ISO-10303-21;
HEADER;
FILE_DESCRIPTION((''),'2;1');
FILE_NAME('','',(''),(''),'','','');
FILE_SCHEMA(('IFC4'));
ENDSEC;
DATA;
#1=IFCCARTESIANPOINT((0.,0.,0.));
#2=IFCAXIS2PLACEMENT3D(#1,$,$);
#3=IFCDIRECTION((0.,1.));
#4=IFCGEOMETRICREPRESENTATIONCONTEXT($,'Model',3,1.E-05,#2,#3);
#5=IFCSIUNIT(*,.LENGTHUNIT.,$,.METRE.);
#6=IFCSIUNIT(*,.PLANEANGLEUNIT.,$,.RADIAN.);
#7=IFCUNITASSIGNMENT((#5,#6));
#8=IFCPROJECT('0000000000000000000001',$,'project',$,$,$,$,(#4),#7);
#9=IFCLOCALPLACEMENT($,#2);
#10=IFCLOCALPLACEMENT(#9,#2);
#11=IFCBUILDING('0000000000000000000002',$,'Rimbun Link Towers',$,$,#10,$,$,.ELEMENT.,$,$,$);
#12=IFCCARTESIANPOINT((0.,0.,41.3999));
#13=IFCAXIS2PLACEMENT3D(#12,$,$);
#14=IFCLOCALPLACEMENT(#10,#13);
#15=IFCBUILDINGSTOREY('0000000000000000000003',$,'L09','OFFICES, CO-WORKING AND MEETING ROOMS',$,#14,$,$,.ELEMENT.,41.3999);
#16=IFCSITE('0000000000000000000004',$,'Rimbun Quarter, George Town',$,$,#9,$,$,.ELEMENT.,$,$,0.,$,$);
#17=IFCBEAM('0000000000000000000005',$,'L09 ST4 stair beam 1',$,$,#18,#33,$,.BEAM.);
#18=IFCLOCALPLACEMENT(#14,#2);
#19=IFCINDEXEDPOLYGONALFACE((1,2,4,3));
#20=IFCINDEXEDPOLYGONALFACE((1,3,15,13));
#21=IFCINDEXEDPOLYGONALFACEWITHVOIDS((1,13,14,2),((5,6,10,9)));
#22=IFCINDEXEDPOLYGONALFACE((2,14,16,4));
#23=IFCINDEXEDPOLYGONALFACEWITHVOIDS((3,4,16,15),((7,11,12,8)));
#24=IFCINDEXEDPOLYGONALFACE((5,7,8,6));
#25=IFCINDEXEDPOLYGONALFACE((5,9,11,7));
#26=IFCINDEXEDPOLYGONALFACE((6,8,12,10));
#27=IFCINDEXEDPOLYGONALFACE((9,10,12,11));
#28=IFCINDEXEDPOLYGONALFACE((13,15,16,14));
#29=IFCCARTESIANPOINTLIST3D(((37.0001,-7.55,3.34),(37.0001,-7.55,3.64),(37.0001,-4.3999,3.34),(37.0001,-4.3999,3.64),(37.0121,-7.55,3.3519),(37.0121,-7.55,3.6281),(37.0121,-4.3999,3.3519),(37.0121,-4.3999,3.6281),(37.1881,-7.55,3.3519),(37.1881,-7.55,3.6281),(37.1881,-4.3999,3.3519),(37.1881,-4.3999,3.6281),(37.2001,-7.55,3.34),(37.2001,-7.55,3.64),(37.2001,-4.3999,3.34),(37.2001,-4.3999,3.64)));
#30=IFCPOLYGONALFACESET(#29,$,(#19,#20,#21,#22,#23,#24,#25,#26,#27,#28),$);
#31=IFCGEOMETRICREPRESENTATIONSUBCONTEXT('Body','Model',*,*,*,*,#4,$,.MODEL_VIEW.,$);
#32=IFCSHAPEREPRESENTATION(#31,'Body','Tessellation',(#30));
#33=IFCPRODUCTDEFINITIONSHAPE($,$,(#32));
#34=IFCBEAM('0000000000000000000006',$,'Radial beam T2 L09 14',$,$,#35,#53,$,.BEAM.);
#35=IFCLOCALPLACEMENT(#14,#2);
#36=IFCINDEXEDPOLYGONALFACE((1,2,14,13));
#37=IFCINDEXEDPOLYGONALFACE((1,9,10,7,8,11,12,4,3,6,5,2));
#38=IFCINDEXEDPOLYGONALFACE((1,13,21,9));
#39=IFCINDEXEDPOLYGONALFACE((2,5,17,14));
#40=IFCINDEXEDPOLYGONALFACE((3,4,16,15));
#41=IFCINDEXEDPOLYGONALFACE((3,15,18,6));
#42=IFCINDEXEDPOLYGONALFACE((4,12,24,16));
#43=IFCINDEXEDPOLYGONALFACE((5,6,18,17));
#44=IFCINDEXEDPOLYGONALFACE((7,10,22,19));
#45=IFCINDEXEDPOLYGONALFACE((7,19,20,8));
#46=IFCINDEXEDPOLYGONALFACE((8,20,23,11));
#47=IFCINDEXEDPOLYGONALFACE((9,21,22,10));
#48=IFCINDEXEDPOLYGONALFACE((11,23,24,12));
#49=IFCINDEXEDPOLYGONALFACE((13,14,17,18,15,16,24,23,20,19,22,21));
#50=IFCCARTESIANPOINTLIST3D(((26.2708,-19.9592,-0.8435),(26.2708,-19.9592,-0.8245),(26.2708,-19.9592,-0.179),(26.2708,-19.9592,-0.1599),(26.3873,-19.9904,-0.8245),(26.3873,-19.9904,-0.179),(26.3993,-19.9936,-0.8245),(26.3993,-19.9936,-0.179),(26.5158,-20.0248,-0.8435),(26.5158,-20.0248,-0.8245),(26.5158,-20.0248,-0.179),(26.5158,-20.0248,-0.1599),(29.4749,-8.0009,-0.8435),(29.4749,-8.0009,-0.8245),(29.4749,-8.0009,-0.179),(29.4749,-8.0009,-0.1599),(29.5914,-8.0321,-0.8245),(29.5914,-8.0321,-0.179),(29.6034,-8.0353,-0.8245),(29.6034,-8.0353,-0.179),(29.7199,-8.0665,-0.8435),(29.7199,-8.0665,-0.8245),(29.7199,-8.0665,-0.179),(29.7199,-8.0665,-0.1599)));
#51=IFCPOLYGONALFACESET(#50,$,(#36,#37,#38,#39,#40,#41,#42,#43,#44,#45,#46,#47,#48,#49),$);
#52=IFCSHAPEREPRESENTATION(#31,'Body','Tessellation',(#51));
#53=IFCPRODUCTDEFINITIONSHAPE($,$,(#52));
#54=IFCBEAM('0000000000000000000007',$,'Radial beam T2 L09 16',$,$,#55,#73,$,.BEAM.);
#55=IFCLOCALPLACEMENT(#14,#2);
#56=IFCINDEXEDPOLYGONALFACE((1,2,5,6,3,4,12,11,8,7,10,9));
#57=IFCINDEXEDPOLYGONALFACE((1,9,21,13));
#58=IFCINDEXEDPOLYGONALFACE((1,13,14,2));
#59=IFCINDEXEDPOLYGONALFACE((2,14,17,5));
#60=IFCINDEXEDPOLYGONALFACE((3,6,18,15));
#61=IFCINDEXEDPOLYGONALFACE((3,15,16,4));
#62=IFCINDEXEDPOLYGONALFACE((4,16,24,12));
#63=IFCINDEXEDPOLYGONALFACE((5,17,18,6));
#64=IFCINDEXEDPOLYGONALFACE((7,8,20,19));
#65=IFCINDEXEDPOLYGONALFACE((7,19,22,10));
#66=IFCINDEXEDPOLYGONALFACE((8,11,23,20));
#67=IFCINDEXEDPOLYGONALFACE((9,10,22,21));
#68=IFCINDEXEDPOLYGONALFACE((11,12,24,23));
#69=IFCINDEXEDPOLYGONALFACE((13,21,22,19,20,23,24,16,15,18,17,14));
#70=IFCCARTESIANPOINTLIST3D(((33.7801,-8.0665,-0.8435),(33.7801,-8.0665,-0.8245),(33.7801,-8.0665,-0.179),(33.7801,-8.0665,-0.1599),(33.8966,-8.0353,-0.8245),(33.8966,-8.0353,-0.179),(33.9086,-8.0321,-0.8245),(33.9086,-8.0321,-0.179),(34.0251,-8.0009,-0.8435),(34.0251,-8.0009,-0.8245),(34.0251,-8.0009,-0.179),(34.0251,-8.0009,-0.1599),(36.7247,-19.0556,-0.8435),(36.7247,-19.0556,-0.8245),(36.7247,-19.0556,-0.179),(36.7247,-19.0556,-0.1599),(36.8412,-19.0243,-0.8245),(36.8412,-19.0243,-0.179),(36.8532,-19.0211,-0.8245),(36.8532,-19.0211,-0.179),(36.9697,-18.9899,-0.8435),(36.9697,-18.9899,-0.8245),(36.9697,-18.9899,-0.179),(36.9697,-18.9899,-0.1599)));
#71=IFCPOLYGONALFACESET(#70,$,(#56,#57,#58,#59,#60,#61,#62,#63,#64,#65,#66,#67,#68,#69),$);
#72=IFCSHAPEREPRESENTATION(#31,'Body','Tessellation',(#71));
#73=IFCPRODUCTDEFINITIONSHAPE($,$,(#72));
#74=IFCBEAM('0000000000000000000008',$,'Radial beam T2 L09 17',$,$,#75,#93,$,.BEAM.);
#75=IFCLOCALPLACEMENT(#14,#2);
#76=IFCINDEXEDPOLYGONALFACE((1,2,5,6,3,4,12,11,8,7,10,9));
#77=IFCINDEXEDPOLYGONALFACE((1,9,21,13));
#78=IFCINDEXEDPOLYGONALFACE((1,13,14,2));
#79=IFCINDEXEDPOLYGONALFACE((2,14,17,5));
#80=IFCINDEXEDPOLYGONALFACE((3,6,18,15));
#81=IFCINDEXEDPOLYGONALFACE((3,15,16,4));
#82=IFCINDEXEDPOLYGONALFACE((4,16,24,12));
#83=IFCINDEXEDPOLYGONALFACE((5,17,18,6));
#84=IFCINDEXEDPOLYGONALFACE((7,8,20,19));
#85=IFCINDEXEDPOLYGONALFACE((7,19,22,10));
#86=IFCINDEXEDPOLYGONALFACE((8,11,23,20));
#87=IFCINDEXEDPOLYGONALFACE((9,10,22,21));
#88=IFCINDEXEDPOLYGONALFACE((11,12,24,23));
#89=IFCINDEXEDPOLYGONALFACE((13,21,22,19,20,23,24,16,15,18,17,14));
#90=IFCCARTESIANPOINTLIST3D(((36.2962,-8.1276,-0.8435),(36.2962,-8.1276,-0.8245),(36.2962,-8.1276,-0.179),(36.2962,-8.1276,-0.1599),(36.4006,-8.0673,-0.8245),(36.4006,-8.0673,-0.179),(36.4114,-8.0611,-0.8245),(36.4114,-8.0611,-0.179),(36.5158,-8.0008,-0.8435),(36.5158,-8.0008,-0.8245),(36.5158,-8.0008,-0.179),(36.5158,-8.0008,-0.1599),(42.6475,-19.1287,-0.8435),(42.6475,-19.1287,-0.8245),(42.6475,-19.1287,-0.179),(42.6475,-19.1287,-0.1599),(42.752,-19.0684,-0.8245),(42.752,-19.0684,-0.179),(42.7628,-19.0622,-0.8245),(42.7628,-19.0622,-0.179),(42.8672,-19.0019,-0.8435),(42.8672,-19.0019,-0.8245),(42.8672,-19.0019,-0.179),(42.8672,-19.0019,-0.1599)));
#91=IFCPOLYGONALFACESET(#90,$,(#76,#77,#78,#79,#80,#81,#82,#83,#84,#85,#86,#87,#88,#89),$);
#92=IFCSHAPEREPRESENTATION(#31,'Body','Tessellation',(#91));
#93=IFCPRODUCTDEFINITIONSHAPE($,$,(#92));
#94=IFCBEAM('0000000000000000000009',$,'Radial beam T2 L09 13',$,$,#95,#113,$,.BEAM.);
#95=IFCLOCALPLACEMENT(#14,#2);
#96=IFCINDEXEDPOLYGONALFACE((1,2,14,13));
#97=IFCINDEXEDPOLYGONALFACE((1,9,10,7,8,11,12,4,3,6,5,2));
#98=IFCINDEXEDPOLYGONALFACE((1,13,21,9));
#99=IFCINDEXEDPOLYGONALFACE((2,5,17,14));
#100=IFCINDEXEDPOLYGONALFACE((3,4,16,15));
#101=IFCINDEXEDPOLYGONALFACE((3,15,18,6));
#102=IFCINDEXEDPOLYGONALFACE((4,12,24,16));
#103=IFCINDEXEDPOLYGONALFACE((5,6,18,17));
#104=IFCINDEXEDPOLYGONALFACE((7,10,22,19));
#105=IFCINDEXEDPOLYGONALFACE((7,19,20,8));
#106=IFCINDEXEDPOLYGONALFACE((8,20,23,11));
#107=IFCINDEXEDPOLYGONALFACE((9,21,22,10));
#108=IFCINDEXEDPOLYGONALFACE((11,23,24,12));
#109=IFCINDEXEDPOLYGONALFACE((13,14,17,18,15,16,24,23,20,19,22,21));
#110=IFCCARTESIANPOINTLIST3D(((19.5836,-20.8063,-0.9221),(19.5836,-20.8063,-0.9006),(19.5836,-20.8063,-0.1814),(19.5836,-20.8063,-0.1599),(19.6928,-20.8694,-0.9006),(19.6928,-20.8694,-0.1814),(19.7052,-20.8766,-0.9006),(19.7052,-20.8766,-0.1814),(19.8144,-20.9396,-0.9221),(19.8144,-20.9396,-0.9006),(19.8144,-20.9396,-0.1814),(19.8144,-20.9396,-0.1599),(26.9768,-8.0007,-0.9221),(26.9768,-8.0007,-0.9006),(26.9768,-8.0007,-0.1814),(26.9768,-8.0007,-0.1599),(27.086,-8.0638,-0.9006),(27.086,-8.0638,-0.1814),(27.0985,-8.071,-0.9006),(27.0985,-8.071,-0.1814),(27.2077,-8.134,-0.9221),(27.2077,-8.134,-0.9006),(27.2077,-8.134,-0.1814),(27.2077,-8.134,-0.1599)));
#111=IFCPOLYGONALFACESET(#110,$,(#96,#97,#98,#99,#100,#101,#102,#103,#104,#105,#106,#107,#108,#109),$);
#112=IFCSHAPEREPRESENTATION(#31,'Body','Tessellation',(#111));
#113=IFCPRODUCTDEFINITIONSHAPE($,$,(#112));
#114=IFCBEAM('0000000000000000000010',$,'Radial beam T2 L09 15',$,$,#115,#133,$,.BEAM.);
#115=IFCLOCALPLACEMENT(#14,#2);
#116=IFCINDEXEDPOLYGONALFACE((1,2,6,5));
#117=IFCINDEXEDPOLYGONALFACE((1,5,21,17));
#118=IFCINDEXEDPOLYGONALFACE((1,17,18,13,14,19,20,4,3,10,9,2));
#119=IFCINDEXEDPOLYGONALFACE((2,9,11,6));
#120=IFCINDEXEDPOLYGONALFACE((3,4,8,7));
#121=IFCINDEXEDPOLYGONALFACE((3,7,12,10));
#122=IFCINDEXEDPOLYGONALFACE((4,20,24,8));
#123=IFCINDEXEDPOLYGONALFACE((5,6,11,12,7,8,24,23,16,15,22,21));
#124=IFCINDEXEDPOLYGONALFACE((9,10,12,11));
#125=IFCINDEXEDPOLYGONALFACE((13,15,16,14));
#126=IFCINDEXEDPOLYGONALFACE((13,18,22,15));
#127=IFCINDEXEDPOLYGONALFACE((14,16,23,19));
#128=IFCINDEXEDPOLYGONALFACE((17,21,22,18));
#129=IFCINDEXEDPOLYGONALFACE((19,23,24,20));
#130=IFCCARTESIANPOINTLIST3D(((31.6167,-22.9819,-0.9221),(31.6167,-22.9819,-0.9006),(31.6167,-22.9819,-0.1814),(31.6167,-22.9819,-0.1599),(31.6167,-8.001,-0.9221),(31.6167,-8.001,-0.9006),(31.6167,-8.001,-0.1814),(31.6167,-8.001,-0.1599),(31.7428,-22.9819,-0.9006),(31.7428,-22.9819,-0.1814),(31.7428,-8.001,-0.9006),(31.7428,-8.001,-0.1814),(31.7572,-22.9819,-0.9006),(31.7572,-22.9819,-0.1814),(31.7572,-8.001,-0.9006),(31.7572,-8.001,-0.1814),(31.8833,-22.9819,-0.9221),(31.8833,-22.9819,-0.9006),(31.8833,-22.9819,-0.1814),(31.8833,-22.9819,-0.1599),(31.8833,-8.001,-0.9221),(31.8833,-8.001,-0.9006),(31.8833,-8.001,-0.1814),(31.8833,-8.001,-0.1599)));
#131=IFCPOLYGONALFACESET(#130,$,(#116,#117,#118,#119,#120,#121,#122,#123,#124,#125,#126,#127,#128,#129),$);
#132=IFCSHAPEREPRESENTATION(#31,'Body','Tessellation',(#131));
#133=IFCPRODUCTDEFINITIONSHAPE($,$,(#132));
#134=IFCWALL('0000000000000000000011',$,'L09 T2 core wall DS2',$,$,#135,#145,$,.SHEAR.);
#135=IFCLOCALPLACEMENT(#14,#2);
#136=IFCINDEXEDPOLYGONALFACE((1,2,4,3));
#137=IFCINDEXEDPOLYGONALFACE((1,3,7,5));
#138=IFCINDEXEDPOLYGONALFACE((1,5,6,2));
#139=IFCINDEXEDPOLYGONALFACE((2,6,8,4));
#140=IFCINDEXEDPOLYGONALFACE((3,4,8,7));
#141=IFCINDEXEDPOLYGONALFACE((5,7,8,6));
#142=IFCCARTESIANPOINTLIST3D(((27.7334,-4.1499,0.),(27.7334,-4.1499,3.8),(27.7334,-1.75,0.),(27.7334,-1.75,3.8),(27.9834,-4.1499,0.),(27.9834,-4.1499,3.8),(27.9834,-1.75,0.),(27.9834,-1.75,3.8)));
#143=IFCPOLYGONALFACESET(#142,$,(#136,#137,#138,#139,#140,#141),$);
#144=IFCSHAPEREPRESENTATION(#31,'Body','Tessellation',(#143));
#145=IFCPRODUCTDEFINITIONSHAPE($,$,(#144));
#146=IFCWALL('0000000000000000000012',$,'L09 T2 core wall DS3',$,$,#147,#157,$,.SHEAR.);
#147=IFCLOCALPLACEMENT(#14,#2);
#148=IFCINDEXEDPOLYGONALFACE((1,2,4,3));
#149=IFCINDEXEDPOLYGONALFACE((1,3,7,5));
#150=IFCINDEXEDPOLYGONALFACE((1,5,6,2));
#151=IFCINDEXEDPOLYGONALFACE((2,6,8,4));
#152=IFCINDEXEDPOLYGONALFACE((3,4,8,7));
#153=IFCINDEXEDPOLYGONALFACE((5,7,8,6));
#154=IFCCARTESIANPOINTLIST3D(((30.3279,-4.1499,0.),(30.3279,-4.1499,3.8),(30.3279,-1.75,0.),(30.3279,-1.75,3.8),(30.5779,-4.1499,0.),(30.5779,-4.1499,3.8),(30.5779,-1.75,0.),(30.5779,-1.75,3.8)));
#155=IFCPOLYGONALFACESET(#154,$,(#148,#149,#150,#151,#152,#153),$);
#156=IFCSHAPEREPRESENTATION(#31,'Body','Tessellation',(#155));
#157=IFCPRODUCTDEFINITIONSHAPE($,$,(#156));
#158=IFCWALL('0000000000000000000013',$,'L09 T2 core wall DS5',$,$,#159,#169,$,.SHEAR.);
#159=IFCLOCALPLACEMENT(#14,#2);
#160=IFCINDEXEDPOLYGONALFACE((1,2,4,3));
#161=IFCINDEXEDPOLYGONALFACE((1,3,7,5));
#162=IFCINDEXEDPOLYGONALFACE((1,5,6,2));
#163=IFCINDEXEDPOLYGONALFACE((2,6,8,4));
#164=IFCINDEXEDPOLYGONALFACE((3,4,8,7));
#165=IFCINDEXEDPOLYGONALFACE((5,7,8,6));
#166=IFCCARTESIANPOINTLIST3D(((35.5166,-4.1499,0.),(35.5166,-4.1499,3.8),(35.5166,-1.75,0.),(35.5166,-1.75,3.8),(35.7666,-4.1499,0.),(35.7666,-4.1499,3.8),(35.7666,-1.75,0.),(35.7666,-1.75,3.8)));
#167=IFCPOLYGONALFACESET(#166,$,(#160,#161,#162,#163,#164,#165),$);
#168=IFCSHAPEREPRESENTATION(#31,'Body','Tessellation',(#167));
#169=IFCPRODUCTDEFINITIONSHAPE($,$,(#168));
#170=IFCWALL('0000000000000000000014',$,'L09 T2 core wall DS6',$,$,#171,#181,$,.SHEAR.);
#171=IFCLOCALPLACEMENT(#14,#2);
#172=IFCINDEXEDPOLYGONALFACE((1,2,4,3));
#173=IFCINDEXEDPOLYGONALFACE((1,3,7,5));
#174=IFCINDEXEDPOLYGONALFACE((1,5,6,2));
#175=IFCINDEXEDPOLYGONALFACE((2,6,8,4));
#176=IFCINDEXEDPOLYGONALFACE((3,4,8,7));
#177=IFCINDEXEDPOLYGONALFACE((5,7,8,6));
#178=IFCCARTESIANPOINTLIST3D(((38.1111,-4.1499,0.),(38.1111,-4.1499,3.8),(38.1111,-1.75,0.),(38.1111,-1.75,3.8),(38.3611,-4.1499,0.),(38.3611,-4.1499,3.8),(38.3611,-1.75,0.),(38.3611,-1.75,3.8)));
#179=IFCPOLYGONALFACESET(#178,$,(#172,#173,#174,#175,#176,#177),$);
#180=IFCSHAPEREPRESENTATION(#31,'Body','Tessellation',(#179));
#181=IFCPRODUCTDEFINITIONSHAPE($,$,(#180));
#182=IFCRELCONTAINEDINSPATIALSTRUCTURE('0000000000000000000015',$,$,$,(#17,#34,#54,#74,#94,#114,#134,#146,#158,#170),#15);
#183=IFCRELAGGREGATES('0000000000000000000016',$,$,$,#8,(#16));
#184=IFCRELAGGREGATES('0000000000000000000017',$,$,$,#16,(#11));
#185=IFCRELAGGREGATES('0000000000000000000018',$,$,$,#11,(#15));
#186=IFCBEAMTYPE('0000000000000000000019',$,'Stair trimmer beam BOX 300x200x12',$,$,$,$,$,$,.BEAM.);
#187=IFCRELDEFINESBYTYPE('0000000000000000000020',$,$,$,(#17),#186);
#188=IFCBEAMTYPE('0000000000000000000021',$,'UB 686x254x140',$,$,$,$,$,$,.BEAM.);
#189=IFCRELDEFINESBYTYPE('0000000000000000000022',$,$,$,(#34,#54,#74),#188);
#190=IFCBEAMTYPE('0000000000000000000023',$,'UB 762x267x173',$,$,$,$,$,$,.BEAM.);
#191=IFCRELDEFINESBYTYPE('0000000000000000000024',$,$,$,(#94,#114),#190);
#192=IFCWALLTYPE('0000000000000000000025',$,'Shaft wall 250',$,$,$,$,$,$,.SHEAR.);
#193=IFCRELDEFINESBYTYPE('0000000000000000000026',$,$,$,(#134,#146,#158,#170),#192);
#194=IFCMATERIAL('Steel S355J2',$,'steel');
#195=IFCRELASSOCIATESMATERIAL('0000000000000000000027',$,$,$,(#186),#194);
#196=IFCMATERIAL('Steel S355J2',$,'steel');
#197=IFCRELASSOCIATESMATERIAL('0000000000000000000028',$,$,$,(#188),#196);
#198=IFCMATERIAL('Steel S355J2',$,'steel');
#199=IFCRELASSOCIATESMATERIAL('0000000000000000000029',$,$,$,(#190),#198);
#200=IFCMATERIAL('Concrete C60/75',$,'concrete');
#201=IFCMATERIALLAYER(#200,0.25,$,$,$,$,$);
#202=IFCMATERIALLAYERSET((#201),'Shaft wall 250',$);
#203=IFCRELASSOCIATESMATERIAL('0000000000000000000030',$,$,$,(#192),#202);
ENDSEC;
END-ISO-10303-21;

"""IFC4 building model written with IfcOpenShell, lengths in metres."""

from ifc_helpers import new_model, si_unit, direction, frame, frame_2d, origin, origin_2d, place, context, subcontext, project, spatial, rectangle, hollow_rectangle, i_section, extrude, material, layer, layer_set, material_profile, profile_set, type_object, element, save


model = new_model("IFC4")

# Units and contexts
model_context = context("Model", 3, precision=1e-05, world=origin(), true_north=direction((0.0, 1.0)))
body_context = subcontext(model_context, "Body", "Model", "MODEL_VIEW")
ifc_project = project(units=[si_unit("LENGTHUNIT", "METRE"), si_unit("PLANEANGLEUNIT", "RADIAN")], contexts=[model_context])

# Site, building, storey
site_placement = place(None, origin())
site = spatial("IfcSite", under=ifc_project, at=site_placement, Name="Rimbun Quarter, George Town", CompositionType="ELEMENT", RefElevation=0.0)
building_placement = place(site_placement, origin())
building = spatial("IfcBuilding", under=site, at=building_placement, Name="Rimbun Link Towers", CompositionType="ELEMENT")
storey_placement = place(building_placement, frame((0.0, 0.0, 41.3999)))
storey = spatial("IfcBuildingStorey", under=building, at=storey_placement, Name="L09", Description="OFFICES, CO-WORKING AND MEETING ROOMS", CompositionType="ELEMENT", Elevation=41.3999)

# Beams
ifc_material_1 = material(Name="Steel S355J2", Category="steel")
ifc_material_profile_1 = material_profile(ifc_material_1, hollow_rectangle(XDim=0.2, YDim=0.3, WallThickness=0.012, at=origin_2d()), Name="BOX 300x200x12")
ifc_profile_set_1 = profile_set([ifc_material_profile_1], Name="Steel S355J2")
beam_type_1 = type_object("IfcBeamType", Name="Stair trimmer beam BOX 300x200x12", PredefinedType="BEAM", material=ifc_profile_set_1)
beam_1_placement = place(storey_placement, frame((37.1001, -7.55, 3.49), z_axis=(0.0, 1.0, 0.0), x_axis=(-1.0, 0.0, 0.0)))
element("IfcBeam", 1, at=beam_1_placement, inside=storey, type_object=beam_type_1, Name="L09 ST4 stair beam 1", PredefinedType="BEAM", context=body_context, shape_type="SweptSolid", body=[
    extrude(hollow_rectangle(XDim=0.2, YDim=0.3, WallThickness=0.012, at=origin_2d()), origin(), (0.0, 0.0, 1.0), 3.1501),
])
ifc_material_2 = material(Name="Steel S355J2", Category="steel")
ifc_material_profile_2 = material_profile(ifc_material_2, i_section(OverallWidth=0.2537, OverallDepth=0.6836, WebThickness=0.0125, FlangeThickness=0.019, at=origin_2d()), Name="UB 686x254x140")
ifc_profile_set_2 = profile_set([ifc_material_profile_2], Name="Steel S355J2")
beam_type_2 = type_object("IfcBeamType", Name="UB 686x254x140", PredefinedType="BEAM", material=ifc_profile_set_2)
beam_2_placement = place(storey_placement, frame((29.5974, -8.0337, -0.5017), z_axis=(-0.258811, -0.965928, 0.0), x_axis=(0.965928, -0.258811, 0.0)))
element("IfcBeam", 2, at=beam_2_placement, inside=storey, type_object=beam_type_2, Name="Radial beam T2 L09 14", PredefinedType="BEAM", context=body_context, shape_type="SweptSolid", body=[
    extrude(i_section(OverallWidth=0.2537, OverallDepth=0.6836, WebThickness=0.0125, FlangeThickness=0.019, at=origin_2d()), origin(), (0.0, 0.0, 1.0), 12.3801),
])
beam_3_placement = place(storey_placement, frame((33.9026, -8.0337, -0.5017), z_axis=(0.258826, -0.965924, 0.0), x_axis=(0.965924, 0.258826, 0.0)))
element("IfcBeam", 3, at=beam_3_placement, inside=storey, type_object=beam_type_2, Name="Radial beam T2 L09 16", PredefinedType="BEAM", context=body_context, shape_type="SweptSolid", body=[
    extrude(i_section(OverallWidth=0.2537, OverallDepth=0.6836, WebThickness=0.0125, FlangeThickness=0.019, at=origin_2d()), origin(), (0.0, 0.0, 1.0), 11.3767),
])
beam_4_placement = place(storey_placement, frame((36.406, -8.0642, -0.5017), z_axis=(0.499994, -0.866029, 0.0), x_axis=(0.866029, 0.499994, 0.0)))
element("IfcBeam", 4, at=beam_4_placement, inside=storey, type_object=beam_type_2, Name="Radial beam T2 L09 17", PredefinedType="BEAM", context=body_context, shape_type="SweptSolid", body=[
    extrude(i_section(OverallWidth=0.2537, OverallDepth=0.6836, WebThickness=0.0125, FlangeThickness=0.019, at=origin_2d()), origin(), (0.0, 0.0, 1.0), 12.7029),
])
ifc_material_3 = material(Name="Steel S355J2", Category="steel")
ifc_material_profile_3 = material_profile(ifc_material_3, i_section(OverallWidth=0.2666, OverallDepth=0.7622, WebThickness=0.0144, FlangeThickness=0.0215, at=origin_2d()), Name="UB 762x267x173")
ifc_profile_set_3 = profile_set([ifc_material_profile_3], Name="Steel S355J2")
beam_type_3 = type_object("IfcBeamType", Name="UB 762x267x173", PredefinedType="BEAM", material=ifc_profile_set_3)
beam_5_placement = place(storey_placement, frame((27.0923, -8.0674, -0.541), z_axis=(-0.499998, -0.866027, 0.0), x_axis=(0.866027, -0.499998, 0.0)))
element("IfcBeam", 5, at=beam_5_placement, inside=storey, type_object=beam_type_3, Name="Radial beam T2 L09 13", PredefinedType="BEAM", context=body_context, shape_type="SweptSolid", body=[
    extrude(i_section(OverallWidth=0.2666, OverallDepth=0.7622, WebThickness=0.0144, FlangeThickness=0.0215, at=origin_2d()), origin(), (0.0, 0.0, 1.0), 14.7866),
])
beam_6_placement = place(storey_placement, frame((31.75, -8.001, -0.541), z_axis=(0.0, -1.0, 0.0), x_axis=(1.0, 0.0, 0.0)))
element("IfcBeam", 6, at=beam_6_placement, inside=storey, type_object=beam_type_3, Name="Radial beam T2 L09 15", PredefinedType="BEAM", context=body_context, shape_type="SweptSolid", body=[
    extrude(i_section(OverallWidth=0.2666, OverallDepth=0.7622, WebThickness=0.0144, FlangeThickness=0.0215, at=origin_2d()), origin(), (0.0, 0.0, 1.0), 14.981),
])

# Walls
ifc_material_4 = material(Name="Concrete C60/75", Category="concrete")
ifc_layer = layer(ifc_material_4, 0.25)
ifc_layer_set = layer_set([ifc_layer], Name="Shaft wall 250")
wall_type = type_object("IfcWallType", Name="Shaft wall 250", PredefinedType="SHEAR", material=ifc_layer_set)
for number, where, z_axis, x_axis, name in (
    (7, (27.8584, -4.1499, 0.0), (0.0, 0.0, 1.0), (0.0, 1.0, 0.0), "L09 T2 core wall DS2"),
    (8, (30.4529, -4.1499, 0.0), (0.0, 0.0, 1.0), (0.0, 1.0, 0.0), "L09 T2 core wall DS3"),
    (9, (35.6416, -4.1499, 0.0), (0.0, 0.0, 1.0), (0.0, 1.0, 0.0), "L09 T2 core wall DS5"),
    (10, (38.2361, -4.1499, 0.0), (0.0, 0.0, 1.0), (0.0, 1.0, 0.0), "L09 T2 core wall DS6"),
):
    element("IfcWall", number, at=place(storey_placement, frame(where, z_axis=z_axis, x_axis=x_axis)), inside=storey, type_object=wall_type, Name=name, PredefinedType="SHEAR", context=body_context, shape_type="SweptSolid", body=[
        extrude(rectangle(XDim=2.3999, YDim=0.25, at=frame_2d((1.2, 0.0))), origin(), (0.0, 0.0, 1.0), 3.8),
    ])

save(model, "model.ifc")
